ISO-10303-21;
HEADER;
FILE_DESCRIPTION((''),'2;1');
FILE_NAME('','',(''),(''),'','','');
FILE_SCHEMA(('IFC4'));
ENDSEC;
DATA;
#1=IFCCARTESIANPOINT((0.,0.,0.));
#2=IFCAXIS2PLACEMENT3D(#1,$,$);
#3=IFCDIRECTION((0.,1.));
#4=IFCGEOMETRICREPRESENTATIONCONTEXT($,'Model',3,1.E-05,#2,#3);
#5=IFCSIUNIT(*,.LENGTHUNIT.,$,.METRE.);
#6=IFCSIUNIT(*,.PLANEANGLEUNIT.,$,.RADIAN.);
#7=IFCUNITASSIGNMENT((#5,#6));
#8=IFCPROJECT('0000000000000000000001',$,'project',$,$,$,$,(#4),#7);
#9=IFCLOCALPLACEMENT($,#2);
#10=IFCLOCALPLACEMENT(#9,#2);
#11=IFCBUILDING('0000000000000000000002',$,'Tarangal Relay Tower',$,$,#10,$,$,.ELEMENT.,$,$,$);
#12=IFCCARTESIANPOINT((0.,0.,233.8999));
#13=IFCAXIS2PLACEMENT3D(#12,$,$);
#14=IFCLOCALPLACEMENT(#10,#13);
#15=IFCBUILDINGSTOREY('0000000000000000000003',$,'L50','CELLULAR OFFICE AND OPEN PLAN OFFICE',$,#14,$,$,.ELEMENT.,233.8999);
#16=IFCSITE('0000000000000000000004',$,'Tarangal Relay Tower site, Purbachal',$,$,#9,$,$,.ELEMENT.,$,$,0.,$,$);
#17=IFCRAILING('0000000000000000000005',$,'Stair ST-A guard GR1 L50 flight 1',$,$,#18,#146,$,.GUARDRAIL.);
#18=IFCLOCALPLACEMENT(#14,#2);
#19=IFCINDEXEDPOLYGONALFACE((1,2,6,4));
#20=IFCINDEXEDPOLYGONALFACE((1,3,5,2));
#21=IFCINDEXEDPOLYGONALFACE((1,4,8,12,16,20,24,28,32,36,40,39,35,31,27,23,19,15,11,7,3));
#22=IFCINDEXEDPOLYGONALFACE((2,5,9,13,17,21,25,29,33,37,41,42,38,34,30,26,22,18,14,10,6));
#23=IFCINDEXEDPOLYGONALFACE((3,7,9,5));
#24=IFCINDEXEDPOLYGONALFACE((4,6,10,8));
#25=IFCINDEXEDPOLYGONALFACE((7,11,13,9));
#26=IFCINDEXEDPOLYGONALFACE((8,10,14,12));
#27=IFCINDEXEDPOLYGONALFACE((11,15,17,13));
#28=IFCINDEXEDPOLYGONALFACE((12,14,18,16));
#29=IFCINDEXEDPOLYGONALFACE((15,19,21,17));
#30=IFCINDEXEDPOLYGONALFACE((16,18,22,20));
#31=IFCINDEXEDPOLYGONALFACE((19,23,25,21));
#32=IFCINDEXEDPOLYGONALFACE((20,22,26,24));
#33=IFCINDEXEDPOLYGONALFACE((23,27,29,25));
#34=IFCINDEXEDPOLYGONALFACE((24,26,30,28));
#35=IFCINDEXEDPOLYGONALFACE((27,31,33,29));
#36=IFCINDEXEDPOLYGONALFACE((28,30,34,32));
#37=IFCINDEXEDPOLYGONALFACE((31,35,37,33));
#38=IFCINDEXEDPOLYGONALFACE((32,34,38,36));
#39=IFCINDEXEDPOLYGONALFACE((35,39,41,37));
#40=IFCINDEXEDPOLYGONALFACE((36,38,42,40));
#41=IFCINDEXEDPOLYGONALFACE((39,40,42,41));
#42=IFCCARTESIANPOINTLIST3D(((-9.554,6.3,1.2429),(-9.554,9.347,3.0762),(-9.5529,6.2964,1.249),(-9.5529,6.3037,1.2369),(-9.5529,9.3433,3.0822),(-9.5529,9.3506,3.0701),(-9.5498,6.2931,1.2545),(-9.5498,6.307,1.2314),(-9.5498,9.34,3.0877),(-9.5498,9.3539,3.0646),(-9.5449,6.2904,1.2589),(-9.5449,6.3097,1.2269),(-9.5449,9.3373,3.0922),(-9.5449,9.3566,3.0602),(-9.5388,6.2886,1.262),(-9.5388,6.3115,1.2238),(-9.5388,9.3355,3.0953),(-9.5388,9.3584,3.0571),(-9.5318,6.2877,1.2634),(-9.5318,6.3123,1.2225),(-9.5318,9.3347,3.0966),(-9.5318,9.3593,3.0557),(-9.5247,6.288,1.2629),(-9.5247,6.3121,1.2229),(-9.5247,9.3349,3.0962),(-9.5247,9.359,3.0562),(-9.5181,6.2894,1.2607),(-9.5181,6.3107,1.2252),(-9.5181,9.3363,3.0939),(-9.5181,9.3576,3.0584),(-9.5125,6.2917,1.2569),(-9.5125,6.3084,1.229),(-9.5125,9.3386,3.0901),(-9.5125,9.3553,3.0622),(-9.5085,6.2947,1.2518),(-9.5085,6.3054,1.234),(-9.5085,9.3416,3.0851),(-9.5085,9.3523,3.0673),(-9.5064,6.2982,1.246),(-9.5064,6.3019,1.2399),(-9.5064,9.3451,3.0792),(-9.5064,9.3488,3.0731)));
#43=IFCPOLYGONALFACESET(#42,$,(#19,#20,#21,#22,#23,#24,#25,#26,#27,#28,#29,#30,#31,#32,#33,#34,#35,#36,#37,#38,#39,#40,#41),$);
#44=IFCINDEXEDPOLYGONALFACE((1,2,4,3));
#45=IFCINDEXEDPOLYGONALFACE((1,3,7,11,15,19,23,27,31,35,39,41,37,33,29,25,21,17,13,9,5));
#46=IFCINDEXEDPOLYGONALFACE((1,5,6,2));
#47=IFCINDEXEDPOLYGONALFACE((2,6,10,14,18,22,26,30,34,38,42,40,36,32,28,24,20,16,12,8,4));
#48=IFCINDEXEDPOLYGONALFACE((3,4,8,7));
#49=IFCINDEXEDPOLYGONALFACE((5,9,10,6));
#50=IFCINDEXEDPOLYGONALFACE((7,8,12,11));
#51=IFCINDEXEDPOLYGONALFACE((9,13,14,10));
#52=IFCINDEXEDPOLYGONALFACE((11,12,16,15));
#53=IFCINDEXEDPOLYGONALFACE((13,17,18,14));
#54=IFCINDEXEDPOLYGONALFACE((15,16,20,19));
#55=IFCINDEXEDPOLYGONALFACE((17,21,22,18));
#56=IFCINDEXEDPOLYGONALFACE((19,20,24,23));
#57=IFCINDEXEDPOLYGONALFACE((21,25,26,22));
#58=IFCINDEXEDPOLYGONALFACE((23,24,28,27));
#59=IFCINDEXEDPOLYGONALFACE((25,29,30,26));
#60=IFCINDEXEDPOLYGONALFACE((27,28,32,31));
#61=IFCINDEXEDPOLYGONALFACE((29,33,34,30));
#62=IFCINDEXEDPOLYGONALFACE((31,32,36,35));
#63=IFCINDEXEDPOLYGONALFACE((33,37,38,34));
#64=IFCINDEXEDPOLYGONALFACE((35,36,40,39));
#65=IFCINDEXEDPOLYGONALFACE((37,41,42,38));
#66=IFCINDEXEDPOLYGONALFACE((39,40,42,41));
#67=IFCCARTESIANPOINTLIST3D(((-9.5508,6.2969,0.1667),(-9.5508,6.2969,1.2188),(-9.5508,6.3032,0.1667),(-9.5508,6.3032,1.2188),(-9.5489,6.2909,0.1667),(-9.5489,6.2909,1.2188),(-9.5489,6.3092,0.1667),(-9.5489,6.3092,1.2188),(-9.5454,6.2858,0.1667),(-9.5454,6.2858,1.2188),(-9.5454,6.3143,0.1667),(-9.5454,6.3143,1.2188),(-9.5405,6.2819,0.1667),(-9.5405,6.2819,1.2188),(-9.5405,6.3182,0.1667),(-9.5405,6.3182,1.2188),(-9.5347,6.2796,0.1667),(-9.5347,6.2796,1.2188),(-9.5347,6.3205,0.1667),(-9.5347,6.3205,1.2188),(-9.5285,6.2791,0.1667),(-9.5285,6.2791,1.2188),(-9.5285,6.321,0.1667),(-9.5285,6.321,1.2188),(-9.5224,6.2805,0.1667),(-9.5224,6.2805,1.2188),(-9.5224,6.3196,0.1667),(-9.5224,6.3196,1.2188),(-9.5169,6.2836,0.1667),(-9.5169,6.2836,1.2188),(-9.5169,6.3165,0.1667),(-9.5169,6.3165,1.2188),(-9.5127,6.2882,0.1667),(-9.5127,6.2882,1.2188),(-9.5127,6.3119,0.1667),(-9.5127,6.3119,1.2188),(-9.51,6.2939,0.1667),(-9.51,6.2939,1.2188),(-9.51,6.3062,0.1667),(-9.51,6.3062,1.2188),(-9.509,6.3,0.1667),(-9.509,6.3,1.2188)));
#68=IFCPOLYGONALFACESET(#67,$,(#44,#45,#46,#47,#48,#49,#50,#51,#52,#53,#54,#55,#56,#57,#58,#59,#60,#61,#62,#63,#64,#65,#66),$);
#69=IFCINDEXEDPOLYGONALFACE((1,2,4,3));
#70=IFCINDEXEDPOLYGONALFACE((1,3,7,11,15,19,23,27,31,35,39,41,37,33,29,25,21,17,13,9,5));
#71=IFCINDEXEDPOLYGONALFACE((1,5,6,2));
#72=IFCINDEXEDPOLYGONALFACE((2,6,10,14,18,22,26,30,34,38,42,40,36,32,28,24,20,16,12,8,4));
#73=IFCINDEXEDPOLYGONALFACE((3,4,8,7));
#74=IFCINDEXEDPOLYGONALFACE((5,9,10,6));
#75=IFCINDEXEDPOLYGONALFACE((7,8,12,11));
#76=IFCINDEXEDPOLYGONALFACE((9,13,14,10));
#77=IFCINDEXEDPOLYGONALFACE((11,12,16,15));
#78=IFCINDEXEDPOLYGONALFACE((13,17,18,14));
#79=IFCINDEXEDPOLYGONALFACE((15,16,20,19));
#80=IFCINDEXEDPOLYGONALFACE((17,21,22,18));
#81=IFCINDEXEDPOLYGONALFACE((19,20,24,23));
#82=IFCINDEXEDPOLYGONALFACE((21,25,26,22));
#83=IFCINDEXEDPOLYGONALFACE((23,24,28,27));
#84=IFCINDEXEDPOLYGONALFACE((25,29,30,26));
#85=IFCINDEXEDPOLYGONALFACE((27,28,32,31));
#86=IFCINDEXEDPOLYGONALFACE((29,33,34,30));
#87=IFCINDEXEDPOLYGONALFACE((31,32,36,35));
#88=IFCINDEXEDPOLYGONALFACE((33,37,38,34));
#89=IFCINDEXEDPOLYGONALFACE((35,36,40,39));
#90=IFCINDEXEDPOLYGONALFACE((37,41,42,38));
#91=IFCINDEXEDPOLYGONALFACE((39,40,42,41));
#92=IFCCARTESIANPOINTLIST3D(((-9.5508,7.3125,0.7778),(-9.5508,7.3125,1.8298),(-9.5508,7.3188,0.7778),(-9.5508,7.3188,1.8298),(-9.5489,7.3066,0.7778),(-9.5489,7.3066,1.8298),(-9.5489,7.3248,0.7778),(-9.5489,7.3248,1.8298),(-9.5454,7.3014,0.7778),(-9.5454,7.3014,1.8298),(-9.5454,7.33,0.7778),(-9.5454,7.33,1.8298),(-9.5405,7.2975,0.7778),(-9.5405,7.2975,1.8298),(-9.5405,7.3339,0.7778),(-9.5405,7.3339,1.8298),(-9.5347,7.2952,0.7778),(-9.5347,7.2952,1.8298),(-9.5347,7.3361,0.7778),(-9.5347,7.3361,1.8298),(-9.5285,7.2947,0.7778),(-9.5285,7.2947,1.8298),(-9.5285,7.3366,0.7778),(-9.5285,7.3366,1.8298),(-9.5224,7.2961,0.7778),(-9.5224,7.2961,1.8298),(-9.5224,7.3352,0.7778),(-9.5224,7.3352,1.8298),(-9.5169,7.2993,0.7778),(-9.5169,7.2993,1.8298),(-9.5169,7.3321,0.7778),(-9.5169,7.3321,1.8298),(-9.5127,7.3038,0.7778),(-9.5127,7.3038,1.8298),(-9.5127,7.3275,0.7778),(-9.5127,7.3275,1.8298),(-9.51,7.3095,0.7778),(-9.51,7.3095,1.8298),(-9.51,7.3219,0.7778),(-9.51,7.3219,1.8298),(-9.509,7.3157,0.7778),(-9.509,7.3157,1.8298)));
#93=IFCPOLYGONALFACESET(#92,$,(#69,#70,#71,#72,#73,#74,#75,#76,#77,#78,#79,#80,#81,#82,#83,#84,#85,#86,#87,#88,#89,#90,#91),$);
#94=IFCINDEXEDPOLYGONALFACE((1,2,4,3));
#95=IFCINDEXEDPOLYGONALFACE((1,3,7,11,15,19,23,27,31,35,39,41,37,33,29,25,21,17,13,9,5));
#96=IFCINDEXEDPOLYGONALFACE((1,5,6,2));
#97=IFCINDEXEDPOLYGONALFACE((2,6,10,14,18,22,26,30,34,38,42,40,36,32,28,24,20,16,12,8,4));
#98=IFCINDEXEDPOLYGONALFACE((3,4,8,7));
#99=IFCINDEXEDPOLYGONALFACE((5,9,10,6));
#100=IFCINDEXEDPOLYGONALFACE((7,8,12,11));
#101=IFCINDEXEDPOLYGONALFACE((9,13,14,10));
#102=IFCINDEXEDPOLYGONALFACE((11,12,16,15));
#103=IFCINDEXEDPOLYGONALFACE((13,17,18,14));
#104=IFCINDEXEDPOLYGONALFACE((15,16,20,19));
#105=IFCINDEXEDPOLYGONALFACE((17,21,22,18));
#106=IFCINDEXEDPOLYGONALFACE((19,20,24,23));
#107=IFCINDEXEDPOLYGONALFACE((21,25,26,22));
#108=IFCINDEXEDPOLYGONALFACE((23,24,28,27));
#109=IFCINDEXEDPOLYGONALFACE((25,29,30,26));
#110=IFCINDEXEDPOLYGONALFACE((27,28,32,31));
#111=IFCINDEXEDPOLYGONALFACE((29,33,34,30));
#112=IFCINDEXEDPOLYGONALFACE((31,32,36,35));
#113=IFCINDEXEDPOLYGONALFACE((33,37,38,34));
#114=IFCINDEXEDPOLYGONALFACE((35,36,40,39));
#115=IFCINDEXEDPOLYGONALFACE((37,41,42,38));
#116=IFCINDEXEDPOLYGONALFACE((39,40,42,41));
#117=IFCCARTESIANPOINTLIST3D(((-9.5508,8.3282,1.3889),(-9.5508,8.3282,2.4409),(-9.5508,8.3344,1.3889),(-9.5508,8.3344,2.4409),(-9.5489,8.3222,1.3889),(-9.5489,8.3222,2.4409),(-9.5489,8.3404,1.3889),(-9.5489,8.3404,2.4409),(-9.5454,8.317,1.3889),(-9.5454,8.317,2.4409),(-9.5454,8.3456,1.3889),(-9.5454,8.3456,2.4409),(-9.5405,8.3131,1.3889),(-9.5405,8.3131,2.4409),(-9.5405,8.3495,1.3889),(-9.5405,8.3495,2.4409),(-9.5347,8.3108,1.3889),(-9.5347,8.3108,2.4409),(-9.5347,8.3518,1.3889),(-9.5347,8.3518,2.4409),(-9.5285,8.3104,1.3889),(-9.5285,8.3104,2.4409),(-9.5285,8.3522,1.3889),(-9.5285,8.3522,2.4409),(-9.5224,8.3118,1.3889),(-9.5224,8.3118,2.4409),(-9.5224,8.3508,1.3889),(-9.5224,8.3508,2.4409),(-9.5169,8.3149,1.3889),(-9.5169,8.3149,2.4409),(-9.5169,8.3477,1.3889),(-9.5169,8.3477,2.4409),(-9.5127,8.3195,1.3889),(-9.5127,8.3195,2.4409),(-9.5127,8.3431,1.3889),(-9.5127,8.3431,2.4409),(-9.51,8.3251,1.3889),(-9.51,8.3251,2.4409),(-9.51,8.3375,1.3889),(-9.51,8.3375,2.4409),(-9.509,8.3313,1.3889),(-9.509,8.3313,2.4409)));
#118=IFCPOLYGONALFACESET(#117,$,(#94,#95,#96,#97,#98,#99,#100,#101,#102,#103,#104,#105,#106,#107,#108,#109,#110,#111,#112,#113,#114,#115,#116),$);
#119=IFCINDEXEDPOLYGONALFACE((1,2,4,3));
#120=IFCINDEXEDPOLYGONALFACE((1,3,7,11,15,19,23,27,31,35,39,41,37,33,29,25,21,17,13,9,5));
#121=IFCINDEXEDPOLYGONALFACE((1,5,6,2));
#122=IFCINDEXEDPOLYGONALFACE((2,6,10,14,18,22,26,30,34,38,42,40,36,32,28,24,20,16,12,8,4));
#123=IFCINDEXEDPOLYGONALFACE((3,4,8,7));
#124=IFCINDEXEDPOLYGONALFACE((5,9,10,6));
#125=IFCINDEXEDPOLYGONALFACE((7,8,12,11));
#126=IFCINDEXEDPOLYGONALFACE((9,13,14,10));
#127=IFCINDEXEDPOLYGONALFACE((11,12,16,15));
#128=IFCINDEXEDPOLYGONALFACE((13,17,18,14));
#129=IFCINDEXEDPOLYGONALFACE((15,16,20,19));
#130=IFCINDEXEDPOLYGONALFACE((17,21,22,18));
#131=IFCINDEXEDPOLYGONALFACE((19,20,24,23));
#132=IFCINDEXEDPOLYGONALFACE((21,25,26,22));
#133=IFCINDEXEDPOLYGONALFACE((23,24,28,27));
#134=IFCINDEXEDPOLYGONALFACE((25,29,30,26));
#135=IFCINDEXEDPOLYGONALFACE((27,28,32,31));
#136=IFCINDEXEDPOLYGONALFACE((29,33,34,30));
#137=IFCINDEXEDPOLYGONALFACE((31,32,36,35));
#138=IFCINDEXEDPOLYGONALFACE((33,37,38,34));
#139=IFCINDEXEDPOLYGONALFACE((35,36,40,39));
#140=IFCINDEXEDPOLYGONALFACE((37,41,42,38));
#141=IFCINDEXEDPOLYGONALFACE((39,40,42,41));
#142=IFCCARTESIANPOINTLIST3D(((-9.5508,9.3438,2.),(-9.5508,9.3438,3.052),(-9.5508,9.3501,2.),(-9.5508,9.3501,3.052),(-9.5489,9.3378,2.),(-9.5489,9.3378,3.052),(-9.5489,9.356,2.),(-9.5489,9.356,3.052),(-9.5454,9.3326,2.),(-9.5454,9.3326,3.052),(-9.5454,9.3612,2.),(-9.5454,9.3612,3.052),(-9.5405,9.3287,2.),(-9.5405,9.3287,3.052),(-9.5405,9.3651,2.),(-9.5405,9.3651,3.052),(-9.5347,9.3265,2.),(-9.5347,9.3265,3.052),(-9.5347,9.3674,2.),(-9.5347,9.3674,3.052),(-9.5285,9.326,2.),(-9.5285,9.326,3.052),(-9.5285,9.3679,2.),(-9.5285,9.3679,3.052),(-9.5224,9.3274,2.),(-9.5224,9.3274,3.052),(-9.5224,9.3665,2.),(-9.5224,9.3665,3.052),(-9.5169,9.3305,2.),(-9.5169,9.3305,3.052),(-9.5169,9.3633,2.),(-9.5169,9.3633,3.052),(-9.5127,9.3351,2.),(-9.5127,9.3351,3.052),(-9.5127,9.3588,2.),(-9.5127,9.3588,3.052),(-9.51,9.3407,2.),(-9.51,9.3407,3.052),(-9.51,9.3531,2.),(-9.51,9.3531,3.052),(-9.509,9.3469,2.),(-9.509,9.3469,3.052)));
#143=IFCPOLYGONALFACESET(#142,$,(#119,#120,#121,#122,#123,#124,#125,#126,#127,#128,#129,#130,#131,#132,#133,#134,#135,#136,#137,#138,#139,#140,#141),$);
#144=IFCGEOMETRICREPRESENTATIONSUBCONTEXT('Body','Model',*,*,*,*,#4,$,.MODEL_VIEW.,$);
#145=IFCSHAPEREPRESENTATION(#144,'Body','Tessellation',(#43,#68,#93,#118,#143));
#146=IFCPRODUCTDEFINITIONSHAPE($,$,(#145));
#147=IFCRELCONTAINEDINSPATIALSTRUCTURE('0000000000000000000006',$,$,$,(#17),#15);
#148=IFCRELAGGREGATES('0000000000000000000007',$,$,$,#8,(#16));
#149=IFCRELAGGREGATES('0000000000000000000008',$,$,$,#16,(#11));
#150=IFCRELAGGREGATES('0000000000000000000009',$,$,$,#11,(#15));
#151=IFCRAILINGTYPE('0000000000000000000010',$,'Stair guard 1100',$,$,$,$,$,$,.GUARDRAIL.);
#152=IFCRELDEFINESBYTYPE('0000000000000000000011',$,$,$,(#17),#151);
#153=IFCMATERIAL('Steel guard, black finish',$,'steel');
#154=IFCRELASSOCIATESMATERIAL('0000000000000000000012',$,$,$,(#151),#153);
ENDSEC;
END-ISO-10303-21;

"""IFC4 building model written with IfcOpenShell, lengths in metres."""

from ifc_helpers import new_model, si_unit, direction, frame, origin, origin_2d, place, context, subcontext, project, spatial, circle, extrude, material, type_object, element, save


model = new_model("IFC4")

# Units and contexts
model_context = context("Model", 3, precision=1e-05, world=origin(), true_north=direction((0.0, 1.0)))
body_context = subcontext(model_context, "Body", "Model", "MODEL_VIEW")
ifc_project = project(units=[si_unit("LENGTHUNIT", "METRE"), si_unit("PLANEANGLEUNIT", "RADIAN")], contexts=[model_context])

# Site, building, storey
site_placement = place(None, origin())
site = spatial("IfcSite", under=ifc_project, at=site_placement, Name="Tarangal Relay Tower site, Purbachal", CompositionType="ELEMENT", RefElevation=0.0)
building_placement = place(site_placement, origin())
building = spatial("IfcBuilding", under=site, at=building_placement, Name="Tarangal Relay Tower", CompositionType="ELEMENT")
storey_placement = place(building_placement, frame((0.0, 0.0, 233.8999)))
storey = spatial("IfcBuildingStorey", under=building, at=storey_placement, Name="L50", Description="CELLULAR OFFICE AND OPEN PLAN OFFICE", CompositionType="ELEMENT", Elevation=233.8999)

# Railing
ifc_material_1 = material(Name="Steel guard, black finish", Category="steel")
railing_type_1 = type_object("IfcRailingType", Name="Stair guard 1100", PredefinedType="GUARDRAIL", material=ifc_material_1)
railing_1_placement = place(storey_placement, frame((-9.53, 6.3, 0.1667)))
element("IfcRailing", 1, at=railing_1_placement, inside=storey, type_object=railing_type_1, Name="Stair ST-A guard GR1 L50 flight 1", PredefinedType="GUARDRAIL", context=body_context, shape_type="SweptSolid", body=[
    extrude(circle(Radius=0.0239, at=origin_2d()), frame((0.0, 0.0, 1.0762), z_axis=(0.0, 0.856856, 0.515556), x_axis=(-1.0, 0.0, 0.0)), (0.0, 0.0, 1.0), 3.5559),
    extrude(circle(Radius=0.021, at=origin_2d()), origin(), (0.0, 0.0, 1.0), 1.052),
    extrude(circle(Radius=0.021, at=origin_2d()), frame((0.0, 1.0156, 0.6111)), (0.0, 0.0, 1.0), 1.052),
    extrude(circle(Radius=0.021, at=origin_2d()), frame((0.0, 2.0312, 1.2222)), (0.0, 0.0, 1.0), 1.052),
    extrude(circle(Radius=0.021, at=origin_2d()), frame((0.0, 3.0469, 1.8333)), (0.0, 0.0, 1.0), 1.052),
])

save(model, "model.ifc")
